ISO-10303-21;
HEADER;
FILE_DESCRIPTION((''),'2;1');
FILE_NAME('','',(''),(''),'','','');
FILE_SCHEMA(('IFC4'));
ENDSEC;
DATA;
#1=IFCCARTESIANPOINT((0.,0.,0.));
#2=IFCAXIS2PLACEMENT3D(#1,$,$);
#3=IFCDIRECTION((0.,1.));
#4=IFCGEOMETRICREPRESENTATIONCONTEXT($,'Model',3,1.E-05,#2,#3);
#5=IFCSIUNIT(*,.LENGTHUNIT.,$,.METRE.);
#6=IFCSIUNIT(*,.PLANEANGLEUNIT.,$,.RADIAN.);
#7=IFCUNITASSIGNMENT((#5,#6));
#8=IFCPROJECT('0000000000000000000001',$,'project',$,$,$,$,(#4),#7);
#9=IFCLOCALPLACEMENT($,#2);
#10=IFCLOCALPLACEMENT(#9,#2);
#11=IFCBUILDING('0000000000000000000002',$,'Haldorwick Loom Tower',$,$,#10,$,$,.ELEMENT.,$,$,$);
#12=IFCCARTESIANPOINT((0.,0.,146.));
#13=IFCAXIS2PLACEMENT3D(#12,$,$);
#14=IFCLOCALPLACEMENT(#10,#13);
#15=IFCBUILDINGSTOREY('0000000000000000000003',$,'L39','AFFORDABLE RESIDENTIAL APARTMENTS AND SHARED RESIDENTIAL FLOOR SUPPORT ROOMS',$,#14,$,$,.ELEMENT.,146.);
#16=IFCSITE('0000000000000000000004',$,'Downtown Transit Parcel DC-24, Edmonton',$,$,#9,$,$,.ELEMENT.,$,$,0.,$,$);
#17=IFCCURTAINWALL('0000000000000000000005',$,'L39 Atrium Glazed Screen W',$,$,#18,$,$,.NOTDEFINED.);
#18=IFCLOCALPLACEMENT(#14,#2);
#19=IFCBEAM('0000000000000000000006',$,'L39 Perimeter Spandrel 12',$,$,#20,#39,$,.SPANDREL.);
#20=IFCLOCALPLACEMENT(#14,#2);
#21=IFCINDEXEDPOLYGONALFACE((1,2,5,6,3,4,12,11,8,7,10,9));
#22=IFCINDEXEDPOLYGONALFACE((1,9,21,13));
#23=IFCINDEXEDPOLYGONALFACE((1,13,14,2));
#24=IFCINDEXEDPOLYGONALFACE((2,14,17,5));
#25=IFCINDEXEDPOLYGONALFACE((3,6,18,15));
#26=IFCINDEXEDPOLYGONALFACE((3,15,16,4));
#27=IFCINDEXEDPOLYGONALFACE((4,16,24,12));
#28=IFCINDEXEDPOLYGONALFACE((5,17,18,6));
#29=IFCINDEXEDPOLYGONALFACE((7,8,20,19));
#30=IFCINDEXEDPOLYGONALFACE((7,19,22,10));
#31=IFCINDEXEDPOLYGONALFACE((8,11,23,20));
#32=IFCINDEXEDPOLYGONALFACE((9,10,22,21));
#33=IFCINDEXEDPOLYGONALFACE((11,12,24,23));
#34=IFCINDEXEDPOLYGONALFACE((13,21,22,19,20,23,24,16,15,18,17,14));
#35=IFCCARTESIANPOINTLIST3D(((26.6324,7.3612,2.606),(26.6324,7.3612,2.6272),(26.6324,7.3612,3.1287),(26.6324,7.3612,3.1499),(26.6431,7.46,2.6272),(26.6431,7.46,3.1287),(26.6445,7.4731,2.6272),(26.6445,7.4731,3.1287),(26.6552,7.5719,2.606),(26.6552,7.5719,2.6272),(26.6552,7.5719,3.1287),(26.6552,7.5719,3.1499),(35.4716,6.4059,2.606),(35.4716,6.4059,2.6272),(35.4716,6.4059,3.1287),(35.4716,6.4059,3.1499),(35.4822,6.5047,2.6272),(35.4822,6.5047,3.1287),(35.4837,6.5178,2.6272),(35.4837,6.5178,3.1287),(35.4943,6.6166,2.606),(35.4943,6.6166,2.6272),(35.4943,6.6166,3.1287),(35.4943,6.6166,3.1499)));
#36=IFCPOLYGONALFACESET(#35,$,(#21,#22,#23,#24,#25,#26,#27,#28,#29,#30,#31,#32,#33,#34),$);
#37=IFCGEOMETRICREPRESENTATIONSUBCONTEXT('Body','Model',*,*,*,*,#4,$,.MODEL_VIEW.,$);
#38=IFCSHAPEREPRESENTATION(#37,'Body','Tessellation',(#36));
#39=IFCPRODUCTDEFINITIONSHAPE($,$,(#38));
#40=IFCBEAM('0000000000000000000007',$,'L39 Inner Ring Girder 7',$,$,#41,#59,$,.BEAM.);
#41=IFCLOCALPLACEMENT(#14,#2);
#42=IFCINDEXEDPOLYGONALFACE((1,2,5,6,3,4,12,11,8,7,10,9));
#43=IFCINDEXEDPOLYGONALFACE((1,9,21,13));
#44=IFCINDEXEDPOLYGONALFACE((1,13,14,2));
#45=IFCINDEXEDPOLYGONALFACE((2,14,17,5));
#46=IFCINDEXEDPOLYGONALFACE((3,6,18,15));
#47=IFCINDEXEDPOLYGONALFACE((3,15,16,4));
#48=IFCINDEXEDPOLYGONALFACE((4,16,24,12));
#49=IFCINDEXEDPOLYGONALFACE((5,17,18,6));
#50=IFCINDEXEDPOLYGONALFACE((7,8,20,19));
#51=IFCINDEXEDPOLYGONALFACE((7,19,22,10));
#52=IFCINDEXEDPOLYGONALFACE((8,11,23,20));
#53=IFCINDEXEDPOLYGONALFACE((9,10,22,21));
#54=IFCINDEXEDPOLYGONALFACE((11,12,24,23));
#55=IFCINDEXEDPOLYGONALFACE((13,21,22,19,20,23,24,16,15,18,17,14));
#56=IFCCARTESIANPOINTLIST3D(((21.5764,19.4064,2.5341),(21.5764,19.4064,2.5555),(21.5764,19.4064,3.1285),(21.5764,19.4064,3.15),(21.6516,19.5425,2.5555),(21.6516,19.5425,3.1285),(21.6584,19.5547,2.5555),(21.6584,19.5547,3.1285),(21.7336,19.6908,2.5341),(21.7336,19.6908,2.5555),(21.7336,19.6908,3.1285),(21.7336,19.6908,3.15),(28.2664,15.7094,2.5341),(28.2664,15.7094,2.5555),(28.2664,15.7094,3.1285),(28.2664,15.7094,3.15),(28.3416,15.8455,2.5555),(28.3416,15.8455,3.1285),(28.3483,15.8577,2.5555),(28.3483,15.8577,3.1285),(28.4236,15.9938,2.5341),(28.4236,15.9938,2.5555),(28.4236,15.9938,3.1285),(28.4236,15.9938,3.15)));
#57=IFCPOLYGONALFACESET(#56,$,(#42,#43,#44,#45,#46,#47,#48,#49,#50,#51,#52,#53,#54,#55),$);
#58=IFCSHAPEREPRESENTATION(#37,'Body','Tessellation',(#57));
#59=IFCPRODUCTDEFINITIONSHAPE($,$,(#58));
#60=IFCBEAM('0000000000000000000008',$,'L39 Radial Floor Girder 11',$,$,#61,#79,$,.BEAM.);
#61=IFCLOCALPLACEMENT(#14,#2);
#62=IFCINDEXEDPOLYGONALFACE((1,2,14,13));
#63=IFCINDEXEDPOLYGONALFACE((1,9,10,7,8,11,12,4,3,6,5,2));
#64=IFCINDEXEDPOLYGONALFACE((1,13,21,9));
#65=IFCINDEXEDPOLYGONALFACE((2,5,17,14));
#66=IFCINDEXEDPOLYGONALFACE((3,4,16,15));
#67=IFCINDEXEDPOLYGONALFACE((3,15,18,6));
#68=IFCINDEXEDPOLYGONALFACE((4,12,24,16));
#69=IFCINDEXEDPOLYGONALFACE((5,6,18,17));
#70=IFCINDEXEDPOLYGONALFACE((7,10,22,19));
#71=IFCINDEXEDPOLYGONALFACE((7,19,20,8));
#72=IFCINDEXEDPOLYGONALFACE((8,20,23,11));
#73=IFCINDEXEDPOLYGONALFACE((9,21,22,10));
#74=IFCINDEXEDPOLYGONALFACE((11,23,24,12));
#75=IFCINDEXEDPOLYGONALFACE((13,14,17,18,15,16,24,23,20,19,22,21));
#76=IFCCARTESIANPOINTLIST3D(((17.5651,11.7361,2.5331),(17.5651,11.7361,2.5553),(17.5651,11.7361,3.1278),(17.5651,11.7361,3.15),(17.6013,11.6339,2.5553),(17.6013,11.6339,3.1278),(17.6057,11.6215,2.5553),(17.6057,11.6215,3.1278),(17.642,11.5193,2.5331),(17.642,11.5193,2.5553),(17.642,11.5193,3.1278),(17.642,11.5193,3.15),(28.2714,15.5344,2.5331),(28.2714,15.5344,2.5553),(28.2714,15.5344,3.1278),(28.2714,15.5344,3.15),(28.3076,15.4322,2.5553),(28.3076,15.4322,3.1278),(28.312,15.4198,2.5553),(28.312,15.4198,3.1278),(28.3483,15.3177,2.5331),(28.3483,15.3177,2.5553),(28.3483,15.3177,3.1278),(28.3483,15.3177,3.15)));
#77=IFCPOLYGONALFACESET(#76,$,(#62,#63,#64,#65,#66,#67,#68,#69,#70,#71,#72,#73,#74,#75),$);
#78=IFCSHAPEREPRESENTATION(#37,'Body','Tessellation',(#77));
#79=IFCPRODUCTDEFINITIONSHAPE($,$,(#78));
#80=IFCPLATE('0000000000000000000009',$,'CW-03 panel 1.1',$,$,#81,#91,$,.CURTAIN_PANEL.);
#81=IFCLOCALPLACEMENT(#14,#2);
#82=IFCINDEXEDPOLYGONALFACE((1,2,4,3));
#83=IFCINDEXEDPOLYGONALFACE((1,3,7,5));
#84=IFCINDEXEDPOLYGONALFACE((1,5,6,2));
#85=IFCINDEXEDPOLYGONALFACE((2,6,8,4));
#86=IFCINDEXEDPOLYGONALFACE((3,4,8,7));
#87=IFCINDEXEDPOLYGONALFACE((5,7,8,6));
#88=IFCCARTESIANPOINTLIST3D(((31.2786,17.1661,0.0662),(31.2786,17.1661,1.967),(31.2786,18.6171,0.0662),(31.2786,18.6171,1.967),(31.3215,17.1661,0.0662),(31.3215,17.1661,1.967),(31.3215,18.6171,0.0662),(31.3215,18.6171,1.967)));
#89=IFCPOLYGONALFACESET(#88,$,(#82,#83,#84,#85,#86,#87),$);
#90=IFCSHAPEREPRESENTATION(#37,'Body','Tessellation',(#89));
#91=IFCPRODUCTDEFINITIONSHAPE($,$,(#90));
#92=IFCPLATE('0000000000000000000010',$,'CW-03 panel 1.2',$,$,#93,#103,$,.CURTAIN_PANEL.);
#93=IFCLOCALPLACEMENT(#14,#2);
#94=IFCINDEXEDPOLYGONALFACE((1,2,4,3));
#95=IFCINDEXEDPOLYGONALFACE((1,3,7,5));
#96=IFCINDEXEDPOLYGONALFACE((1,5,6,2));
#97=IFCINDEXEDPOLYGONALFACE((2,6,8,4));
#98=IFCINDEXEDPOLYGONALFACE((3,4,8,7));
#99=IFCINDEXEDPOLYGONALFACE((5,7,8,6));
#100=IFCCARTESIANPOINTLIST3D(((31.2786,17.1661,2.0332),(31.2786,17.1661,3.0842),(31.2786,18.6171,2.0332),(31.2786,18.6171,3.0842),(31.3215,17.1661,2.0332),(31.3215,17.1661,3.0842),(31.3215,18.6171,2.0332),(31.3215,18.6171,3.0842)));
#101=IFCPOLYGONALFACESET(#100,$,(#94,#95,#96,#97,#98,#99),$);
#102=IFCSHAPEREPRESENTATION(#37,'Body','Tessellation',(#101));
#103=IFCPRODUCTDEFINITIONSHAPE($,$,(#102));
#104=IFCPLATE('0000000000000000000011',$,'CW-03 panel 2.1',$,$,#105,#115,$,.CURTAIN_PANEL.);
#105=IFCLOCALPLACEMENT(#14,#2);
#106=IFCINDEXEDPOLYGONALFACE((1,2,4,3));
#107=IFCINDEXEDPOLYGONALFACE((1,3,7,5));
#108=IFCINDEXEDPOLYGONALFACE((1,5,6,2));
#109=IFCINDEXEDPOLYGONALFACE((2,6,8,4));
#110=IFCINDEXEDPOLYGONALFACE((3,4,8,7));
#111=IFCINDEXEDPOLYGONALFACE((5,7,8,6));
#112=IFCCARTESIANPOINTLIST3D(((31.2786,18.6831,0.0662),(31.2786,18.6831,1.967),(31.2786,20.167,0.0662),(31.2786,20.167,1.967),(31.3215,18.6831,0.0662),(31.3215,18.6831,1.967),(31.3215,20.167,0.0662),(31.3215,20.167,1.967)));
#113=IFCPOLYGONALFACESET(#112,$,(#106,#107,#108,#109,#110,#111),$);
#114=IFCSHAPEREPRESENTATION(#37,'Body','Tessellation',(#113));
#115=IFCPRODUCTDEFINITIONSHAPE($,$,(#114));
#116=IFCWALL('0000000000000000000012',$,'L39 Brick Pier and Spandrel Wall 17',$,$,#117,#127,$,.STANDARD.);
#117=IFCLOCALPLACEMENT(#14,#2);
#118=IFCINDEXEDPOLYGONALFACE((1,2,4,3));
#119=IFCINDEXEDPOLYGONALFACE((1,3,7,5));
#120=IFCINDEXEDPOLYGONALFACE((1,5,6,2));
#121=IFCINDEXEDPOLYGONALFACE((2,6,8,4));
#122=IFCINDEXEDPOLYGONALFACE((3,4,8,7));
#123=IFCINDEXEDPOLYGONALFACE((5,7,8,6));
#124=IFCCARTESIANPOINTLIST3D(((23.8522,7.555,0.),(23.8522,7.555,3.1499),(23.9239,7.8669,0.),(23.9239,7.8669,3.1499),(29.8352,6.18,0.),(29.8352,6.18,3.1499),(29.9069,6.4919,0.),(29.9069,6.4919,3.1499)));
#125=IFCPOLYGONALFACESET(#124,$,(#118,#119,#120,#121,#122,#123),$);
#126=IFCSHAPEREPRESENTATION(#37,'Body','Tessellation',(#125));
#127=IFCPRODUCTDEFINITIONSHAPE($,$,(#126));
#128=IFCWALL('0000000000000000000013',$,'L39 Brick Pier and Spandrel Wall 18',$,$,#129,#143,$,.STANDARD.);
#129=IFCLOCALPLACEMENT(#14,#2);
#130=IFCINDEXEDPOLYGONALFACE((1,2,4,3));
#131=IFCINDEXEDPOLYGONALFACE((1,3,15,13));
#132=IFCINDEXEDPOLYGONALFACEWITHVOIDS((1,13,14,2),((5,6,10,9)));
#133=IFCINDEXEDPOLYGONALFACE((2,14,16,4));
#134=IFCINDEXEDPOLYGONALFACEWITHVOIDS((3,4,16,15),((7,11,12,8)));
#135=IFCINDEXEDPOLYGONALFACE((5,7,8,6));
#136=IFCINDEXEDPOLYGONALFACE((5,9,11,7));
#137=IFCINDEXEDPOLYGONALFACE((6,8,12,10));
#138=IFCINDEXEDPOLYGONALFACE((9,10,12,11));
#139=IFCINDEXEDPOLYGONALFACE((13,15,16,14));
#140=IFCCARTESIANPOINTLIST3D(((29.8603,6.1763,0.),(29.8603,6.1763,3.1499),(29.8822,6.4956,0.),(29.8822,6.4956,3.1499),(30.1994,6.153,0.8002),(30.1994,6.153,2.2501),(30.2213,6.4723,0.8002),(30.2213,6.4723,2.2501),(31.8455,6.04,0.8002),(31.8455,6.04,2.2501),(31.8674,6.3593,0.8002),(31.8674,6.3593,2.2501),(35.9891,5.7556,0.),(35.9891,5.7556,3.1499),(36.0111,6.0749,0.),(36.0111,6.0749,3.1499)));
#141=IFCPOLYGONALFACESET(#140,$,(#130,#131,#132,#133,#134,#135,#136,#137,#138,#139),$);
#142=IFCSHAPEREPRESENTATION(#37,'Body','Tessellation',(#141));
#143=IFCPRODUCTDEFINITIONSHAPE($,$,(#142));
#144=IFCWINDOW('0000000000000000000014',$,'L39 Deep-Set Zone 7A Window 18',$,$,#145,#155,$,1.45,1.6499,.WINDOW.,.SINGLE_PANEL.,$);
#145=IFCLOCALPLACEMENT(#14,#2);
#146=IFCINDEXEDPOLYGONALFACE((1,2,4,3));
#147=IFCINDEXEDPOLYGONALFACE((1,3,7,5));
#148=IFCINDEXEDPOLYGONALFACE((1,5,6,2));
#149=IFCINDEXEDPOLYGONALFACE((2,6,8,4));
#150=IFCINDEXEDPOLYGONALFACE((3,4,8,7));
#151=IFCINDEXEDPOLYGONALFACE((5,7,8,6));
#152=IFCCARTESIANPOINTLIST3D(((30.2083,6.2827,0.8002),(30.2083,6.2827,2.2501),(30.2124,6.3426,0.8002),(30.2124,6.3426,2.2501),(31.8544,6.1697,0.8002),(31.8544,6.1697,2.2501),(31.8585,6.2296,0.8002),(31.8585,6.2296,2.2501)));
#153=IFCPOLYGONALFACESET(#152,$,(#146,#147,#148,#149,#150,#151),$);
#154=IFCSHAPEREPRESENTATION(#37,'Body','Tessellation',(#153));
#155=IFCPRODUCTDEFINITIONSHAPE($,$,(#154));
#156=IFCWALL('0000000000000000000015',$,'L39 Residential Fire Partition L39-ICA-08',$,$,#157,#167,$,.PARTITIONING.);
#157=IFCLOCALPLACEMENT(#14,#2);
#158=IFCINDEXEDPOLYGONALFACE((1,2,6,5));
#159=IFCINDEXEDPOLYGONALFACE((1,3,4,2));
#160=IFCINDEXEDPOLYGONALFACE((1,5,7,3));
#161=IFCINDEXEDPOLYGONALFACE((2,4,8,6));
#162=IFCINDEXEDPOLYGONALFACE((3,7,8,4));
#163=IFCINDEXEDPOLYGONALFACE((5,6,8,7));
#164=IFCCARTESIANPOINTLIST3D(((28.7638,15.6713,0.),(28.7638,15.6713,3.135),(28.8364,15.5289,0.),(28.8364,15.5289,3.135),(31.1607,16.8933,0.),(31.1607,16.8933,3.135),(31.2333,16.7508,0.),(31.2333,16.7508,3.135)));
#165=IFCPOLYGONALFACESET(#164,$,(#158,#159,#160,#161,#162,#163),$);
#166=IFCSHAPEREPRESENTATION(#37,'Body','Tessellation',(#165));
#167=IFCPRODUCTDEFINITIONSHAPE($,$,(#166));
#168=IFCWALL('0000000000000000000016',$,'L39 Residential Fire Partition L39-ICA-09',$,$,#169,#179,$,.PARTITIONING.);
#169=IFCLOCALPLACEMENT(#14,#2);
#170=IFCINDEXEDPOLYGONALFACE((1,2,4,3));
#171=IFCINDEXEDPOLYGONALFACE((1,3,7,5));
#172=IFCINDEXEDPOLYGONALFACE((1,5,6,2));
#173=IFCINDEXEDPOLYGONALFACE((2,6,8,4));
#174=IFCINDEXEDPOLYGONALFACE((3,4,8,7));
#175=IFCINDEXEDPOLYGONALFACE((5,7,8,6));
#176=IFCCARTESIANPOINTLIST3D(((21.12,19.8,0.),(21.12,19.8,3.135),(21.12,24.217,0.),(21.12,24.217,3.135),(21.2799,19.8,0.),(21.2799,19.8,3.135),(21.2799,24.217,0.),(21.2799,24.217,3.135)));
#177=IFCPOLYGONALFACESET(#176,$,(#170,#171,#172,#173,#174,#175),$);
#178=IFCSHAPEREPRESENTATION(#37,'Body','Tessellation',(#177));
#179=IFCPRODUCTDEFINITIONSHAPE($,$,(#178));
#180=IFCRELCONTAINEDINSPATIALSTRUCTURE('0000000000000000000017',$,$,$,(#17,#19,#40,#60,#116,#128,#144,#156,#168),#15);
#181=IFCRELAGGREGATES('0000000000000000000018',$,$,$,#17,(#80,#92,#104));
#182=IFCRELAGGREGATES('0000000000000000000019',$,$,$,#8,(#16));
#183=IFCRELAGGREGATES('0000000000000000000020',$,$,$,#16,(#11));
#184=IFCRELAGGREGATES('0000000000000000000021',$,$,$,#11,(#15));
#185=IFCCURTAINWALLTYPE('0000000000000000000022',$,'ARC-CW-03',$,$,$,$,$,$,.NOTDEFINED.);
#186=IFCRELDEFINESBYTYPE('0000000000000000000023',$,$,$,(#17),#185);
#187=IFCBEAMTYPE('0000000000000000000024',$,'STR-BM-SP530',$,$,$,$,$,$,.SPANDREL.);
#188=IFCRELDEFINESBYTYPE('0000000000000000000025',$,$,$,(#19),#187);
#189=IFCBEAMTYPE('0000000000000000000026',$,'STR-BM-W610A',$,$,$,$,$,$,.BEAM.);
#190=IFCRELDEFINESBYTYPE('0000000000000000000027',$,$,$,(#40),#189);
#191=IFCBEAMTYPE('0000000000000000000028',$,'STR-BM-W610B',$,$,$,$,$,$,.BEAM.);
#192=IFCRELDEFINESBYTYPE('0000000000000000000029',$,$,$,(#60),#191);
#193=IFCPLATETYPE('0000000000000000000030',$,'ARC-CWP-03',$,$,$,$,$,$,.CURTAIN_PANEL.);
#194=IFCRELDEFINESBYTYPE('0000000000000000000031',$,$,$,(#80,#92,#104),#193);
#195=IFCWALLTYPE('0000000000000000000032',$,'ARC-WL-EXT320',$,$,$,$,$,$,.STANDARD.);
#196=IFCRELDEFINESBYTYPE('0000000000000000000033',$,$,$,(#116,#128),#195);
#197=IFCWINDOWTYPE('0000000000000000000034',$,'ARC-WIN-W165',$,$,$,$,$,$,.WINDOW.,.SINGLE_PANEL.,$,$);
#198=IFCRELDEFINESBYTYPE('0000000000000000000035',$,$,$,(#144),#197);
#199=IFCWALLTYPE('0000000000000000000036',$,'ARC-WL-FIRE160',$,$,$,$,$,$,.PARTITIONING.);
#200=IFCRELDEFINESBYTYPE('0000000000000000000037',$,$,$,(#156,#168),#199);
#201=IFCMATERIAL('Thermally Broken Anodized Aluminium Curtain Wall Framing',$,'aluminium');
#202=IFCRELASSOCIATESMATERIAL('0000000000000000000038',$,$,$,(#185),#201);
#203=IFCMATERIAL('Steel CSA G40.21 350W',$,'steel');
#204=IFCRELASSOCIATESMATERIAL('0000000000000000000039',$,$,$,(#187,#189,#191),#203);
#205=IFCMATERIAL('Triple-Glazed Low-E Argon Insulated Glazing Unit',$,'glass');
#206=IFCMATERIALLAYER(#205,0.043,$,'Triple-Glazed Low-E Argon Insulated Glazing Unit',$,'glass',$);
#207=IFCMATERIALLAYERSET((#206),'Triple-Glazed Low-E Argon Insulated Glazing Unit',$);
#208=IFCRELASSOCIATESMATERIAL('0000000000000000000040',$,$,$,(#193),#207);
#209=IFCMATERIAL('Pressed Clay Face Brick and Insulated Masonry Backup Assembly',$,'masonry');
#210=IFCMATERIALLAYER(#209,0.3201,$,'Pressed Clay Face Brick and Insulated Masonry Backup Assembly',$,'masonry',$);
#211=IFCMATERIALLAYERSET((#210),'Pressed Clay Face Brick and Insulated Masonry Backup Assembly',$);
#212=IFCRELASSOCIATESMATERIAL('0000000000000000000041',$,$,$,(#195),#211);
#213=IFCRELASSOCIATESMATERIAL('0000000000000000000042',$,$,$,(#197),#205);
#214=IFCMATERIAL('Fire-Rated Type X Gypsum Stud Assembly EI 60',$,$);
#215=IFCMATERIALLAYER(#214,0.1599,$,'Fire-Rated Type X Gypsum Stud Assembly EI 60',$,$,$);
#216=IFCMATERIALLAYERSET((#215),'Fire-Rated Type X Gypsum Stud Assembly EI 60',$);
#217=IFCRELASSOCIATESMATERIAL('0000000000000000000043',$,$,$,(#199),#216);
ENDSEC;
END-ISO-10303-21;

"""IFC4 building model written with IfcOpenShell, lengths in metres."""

from ifc_helpers import new_model, si_unit, direction, frame, frame_2d, origin, origin_2d, place, context, subcontext, project, spatial, rectangle, i_section, extrude, material, layer, layer_set, material_profile, profile_set, type_object, element, fill, aggregate, save


model = new_model("IFC4")

# Units and contexts
model_context = context("Model", 3, precision=1e-05, world=origin(), true_north=direction((0.0, 1.0)))
body_context = subcontext(model_context, "Body", "Model", "MODEL_VIEW")
ifc_project = project(units=[si_unit("LENGTHUNIT", "METRE"), si_unit("PLANEANGLEUNIT", "RADIAN")], contexts=[model_context])

# Site, building, storey
site_placement = place(None, origin())
site = spatial("IfcSite", under=ifc_project, at=site_placement, Name="Downtown Transit Parcel DC-24, Edmonton", CompositionType="ELEMENT", RefElevation=0.0)
building_placement = place(site_placement, origin())
building = spatial("IfcBuilding", under=site, at=building_placement, Name="Haldorwick Loom Tower", CompositionType="ELEMENT")
storey_placement = place(building_placement, frame((0.0, 0.0, 146.0)))
storey = spatial("IfcBuildingStorey", under=building, at=storey_placement, Name="L39", Description="AFFORDABLE RESIDENTIAL APARTMENTS AND SHARED RESIDENTIAL FLOOR SUPPORT ROOMS", CompositionType="ELEMENT", Elevation=146.0)

# Curtain wall
ifc_material_1 = material(Name="Thermally Broken Anodized Aluminium Curtain Wall Framing", Category="aluminium")
curtain_wall_type = type_object("IfcCurtainWallType", Name="ARC-CW-03", PredefinedType="NOTDEFINED", material=ifc_material_1)
curtain_wall_placement = place(storey_placement, origin())
curtain_wall = element("IfcCurtainWall", 1, at=curtain_wall_placement, inside=storey, type_object=curtain_wall_type, Name="L39 Atrium Glazed Screen W", PredefinedType="NOTDEFINED")

# Beams
ifc_material_2 = material(Name="Steel CSA G40.21 350W", Category="steel")
ifc_material_profile_1 = material_profile(ifc_material_2, i_section(OverallWidth=0.2119, OverallDepth=0.5439, WebThickness=0.0132, FlangeThickness=0.0212, at=origin_2d()), Name="W530X123", Category="steel")
ifc_profile_set_1 = profile_set([ifc_material_profile_1], Name="Steel CSA G40.21 350W")
beam_type_1 = type_object("IfcBeamType", Name="STR-BM-SP530", PredefinedType="SPANDREL", material=ifc_profile_set_1)
beam_1_placement = place(storey_placement, frame((26.6438, 7.4666, 2.8779), z_axis=(0.99421, -0.107453, 0.0), x_axis=(0.107453, 0.99421, 0.0)))
element("IfcBeam", 2, at=beam_1_placement, inside=storey, type_object=beam_type_1, Name="L39 Perimeter Spandrel 12", PredefinedType="SPANDREL", context=body_context, shape_type="SweptSolid", body=[
    extrude(i_section(OverallWidth=0.2119, OverallDepth=0.5439, WebThickness=0.0132, FlangeThickness=0.0212, at=origin_2d()), origin(), (0.0, 0.0, 1.0), 8.8906),
])
ifc_material_profile_2 = material_profile(ifc_material_2, i_section(OverallWidth=0.325, OverallDepth=0.616, WebThickness=0.0139, FlangeThickness=0.0215, at=origin_2d()), Name="W610X174", Category="steel")
ifc_profile_set_2 = profile_set([ifc_material_profile_2], Name="Steel CSA G40.21 350W")
beam_type_2 = type_object("IfcBeamType", Name="STR-BM-W610A", PredefinedType="BEAM", material=ifc_profile_set_2)
beam_2_placement = place(storey_placement, frame((28.345, 15.8516, 2.842), z_axis=(-0.875244, 0.483681, 0.0), x_axis=(-0.483681, -0.875244, 0.0)))
element("IfcBeam", 3, at=beam_2_placement, inside=storey, type_object=beam_type_2, Name="L39 Inner Ring Girder 7", PredefinedType="BEAM", context=body_context, shape_type="SweptSolid", body=[
    extrude(i_section(OverallWidth=0.325, OverallDepth=0.616, WebThickness=0.0139, FlangeThickness=0.0215, at=origin_2d()), origin(), (0.0, 0.0, 1.0), 7.6436),
])
ifc_material_profile_3 = material_profile(ifc_material_2, i_section(OverallWidth=0.23, OverallDepth=0.6169, WebThickness=0.0132, FlangeThickness=0.0222, at=origin_2d()), Name="W610X140", Category="steel")
ifc_profile_set_3 = profile_set([ifc_material_profile_3], Name="Steel CSA G40.21 350W")
beam_type_3 = type_object("IfcBeamType", Name="STR-BM-W610B", PredefinedType="BEAM", material=ifc_profile_set_3)
beam_3_placement = place(storey_placement, frame((28.3098, 15.426, 2.8416), z_axis=(-0.942446, -0.334358, 0.0), x_axis=(0.334358, -0.942446, 0.0)))
element("IfcBeam", 4, at=beam_3_placement, inside=storey, type_object=beam_type_3, Name="L39 Radial Floor Girder 11", PredefinedType="BEAM", context=body_context, shape_type="SweptSolid", body=[
    extrude(i_section(OverallWidth=0.23, OverallDepth=0.6169, WebThickness=0.0132, FlangeThickness=0.0222, at=origin_2d()), origin(), (0.0, 0.0, 1.0), 11.3601),
])

# Plates
ifc_material_3 = material(Name="Triple-Glazed Low-E Argon Insulated Glazing Unit", Category="glass")
ifc_layer_1 = layer(ifc_material_3, 0.043, Name="Triple-Glazed Low-E Argon Insulated Glazing Unit", Category="glass")
ifc_layer_set_1 = layer_set([ifc_layer_1], Name="Triple-Glazed Low-E Argon Insulated Glazing Unit")
plate_type = type_object("IfcPlateType", Name="ARC-CWP-03", PredefinedType="CURTAIN_PANEL", material=ifc_layer_set_1)
plate_1_placement = place(storey_placement, frame((31.3, 17.8916, 0.0662), z_axis=(0.0, 0.0, 1.0), x_axis=(0.0, 1.0, 0.0)))
plate_1 = element("IfcPlate", 5, at=plate_1_placement, type_object=plate_type, Name="CW-03 panel 1.1", PredefinedType="CURTAIN_PANEL", context=body_context, shape_type="SweptSolid", body=[
    extrude(rectangle(XDim=1.4509, YDim=0.043, at=origin_2d()), origin(), (0.0, 0.0, 1.0), 1.9009),
])
plate_2_placement = place(storey_placement, frame((31.3, 17.8916, 2.0332), z_axis=(0.0, 0.0, 1.0), x_axis=(0.0, 1.0, 0.0)))
plate_2 = element("IfcPlate", 6, at=plate_2_placement, type_object=plate_type, Name="CW-03 panel 1.2", PredefinedType="CURTAIN_PANEL", context=body_context, shape_type="SweptSolid", body=[
    extrude(rectangle(XDim=1.4509, YDim=0.043, at=origin_2d()), origin(), (0.0, 0.0, 1.0), 1.051),
])
plate_3_placement = place(storey_placement, frame((31.3, 19.425, 0.0662), z_axis=(0.0, 0.0, 1.0), x_axis=(0.0, 1.0, 0.0)))
plate_3 = element("IfcPlate", 7, at=plate_3_placement, type_object=plate_type, Name="CW-03 panel 2.1", PredefinedType="CURTAIN_PANEL", context=body_context, shape_type="SweptSolid", body=[
    extrude(rectangle(XDim=1.4839, YDim=0.043, at=origin_2d()), origin(), (0.0, 0.0, 1.0), 1.9009),
])
aggregate(curtain_wall, [plate_1, plate_2, plate_3])

# Wall
ifc_material_4 = material(Name="Pressed Clay Face Brick and Insulated Masonry Backup Assembly", Category="masonry")
ifc_layer_2 = layer(ifc_material_4, 0.3201, Name="Pressed Clay Face Brick and Insulated Masonry Backup Assembly", Category="masonry")
ifc_layer_set_2 = layer_set([ifc_layer_2], Name="Pressed Clay Face Brick and Insulated Masonry Backup Assembly")
wall_type_1 = type_object("IfcWallType", Name="ARC-WL-EXT320", PredefinedType="STANDARD", material=ifc_layer_set_2)
wall_1_placement = place(storey_placement, frame((23.8882, 7.7109, 0.0), z_axis=(0.0, 0.0, 1.0), x_axis=(0.974593, -0.223982, 0.0)))
element("IfcWall", 8, at=wall_1_placement, inside=storey, type_object=wall_type_1, Name="L39 Brick Pier and Spandrel Wall 17", PredefinedType="STANDARD", context=body_context, shape_type="SweptSolid", body=[
    extrude(rectangle(XDim=6.1389, YDim=0.3201, at=frame_2d((3.0693, 0.0))), origin(), (0.0, 0.0, 1.0), 3.1499),
])

# Wall, opening, window
wall_2_placement = place(storey_placement, frame((29.8711, 6.3359, 0.0), z_axis=(0.0, 0.0, 1.0), x_axis=(0.997653, -0.068473, 0.0)))
wall_2 = element("IfcWall", 9, at=wall_2_placement, inside=storey, type_object=wall_type_1, Name="L39 Brick Pier and Spandrel Wall 18", PredefinedType="STANDARD", context=body_context, shape_type="SweptSolid", body=[
    extrude(rectangle(XDim=6.1433, YDim=0.3201, at=frame_2d((3.0718, 0.0))), origin(), (0.0, 0.0, 1.0), 3.1499),
])
opening_placement = place(wall_2_placement, frame((0.3401, 0.0, 0.8)))
opening = element("IfcOpeningElement", 10, at=opening_placement, cuts=wall_2, PredefinedType="OPENING", context=body_context, shape_type="SweptSolid", body=[
    extrude(rectangle(XDim=1.6499, YDim=1.45, at=frame_2d((0.825, 0.7251))), frame((0.0, 0.1699, 0.0), z_axis=(0.0, -1.0, 0.0), x_axis=(1.0, 0.0, 0.0)), (0.0, 0.0, 1.0), 0.3401),
])
window_type = type_object("IfcWindowType", Name="ARC-WIN-W165", PartitioningType="SINGLE_PANEL", PredefinedType="WINDOW", material=ifc_material_3)
window_placement = place(opening_placement, origin())
window = element("IfcWindow", 11, at=window_placement, inside=storey, type_object=window_type, Name="L39 Deep-Set Zone 7A Window 18", OverallHeight=1.45, OverallWidth=1.6499, PartitioningType="SINGLE_PANEL", PredefinedType="WINDOW", context=body_context, shape_type="SweptSolid", body=[
    extrude(rectangle(XDim=1.6499, YDim=1.45, at=frame_2d((0.825, 0.7251))), frame((0.0, 0.03, 0.0), z_axis=(0.0, -1.0, 0.0), x_axis=(1.0, 0.0, 0.0)), (0.0, 0.0, 1.0), 0.0601),
])
fill(opening, window)

# Walls
ifc_material_5 = material(Name="Fire-Rated Type X Gypsum Stud Assembly EI 60")
ifc_layer_3 = layer(ifc_material_5, 0.1599, Name="Fire-Rated Type X Gypsum Stud Assembly EI 60")
ifc_layer_set_3 = layer_set([ifc_layer_3], Name="Fire-Rated Type X Gypsum Stud Assembly EI 60")
wall_type_2 = type_object("IfcWallType", Name="ARC-WL-FIRE160", PredefinedType="PARTITIONING", material=ifc_layer_set_3)
wall_3_placement = place(storey_placement, frame((31.197, 16.822, 0.0), z_axis=(0.0, 0.0, 1.0), x_axis=(-0.890916, -0.454169, 0.0)))
element("IfcWall", 12, at=wall_3_placement, inside=storey, type_object=wall_type_2, Name="L39 Residential Fire Partition L39-ICA-08", PredefinedType="PARTITIONING", context=body_context, shape_type="SweptSolid", body=[
    extrude(rectangle(XDim=2.6904, YDim=0.1599, at=frame_2d((1.3452, 0.0))), origin(), (0.0, 0.0, 1.0), 3.135),
])
wall_4_placement = place(storey_placement, frame((21.2, 24.217, 0.0), z_axis=(0.0, 0.0, 1.0), x_axis=(0.0, -1.0, 0.0)))
element("IfcWall", 13, at=wall_4_placement, inside=storey, type_object=wall_type_2, Name="L39 Residential Fire Partition L39-ICA-09", PredefinedType="PARTITIONING", context=body_context, shape_type="SweptSolid", body=[
    extrude(rectangle(XDim=4.417, YDim=0.1599, at=frame_2d((2.2085, 0.0))), origin(), (0.0, 0.0, 1.0), 3.135),
])

save(model, "model.ifc")
